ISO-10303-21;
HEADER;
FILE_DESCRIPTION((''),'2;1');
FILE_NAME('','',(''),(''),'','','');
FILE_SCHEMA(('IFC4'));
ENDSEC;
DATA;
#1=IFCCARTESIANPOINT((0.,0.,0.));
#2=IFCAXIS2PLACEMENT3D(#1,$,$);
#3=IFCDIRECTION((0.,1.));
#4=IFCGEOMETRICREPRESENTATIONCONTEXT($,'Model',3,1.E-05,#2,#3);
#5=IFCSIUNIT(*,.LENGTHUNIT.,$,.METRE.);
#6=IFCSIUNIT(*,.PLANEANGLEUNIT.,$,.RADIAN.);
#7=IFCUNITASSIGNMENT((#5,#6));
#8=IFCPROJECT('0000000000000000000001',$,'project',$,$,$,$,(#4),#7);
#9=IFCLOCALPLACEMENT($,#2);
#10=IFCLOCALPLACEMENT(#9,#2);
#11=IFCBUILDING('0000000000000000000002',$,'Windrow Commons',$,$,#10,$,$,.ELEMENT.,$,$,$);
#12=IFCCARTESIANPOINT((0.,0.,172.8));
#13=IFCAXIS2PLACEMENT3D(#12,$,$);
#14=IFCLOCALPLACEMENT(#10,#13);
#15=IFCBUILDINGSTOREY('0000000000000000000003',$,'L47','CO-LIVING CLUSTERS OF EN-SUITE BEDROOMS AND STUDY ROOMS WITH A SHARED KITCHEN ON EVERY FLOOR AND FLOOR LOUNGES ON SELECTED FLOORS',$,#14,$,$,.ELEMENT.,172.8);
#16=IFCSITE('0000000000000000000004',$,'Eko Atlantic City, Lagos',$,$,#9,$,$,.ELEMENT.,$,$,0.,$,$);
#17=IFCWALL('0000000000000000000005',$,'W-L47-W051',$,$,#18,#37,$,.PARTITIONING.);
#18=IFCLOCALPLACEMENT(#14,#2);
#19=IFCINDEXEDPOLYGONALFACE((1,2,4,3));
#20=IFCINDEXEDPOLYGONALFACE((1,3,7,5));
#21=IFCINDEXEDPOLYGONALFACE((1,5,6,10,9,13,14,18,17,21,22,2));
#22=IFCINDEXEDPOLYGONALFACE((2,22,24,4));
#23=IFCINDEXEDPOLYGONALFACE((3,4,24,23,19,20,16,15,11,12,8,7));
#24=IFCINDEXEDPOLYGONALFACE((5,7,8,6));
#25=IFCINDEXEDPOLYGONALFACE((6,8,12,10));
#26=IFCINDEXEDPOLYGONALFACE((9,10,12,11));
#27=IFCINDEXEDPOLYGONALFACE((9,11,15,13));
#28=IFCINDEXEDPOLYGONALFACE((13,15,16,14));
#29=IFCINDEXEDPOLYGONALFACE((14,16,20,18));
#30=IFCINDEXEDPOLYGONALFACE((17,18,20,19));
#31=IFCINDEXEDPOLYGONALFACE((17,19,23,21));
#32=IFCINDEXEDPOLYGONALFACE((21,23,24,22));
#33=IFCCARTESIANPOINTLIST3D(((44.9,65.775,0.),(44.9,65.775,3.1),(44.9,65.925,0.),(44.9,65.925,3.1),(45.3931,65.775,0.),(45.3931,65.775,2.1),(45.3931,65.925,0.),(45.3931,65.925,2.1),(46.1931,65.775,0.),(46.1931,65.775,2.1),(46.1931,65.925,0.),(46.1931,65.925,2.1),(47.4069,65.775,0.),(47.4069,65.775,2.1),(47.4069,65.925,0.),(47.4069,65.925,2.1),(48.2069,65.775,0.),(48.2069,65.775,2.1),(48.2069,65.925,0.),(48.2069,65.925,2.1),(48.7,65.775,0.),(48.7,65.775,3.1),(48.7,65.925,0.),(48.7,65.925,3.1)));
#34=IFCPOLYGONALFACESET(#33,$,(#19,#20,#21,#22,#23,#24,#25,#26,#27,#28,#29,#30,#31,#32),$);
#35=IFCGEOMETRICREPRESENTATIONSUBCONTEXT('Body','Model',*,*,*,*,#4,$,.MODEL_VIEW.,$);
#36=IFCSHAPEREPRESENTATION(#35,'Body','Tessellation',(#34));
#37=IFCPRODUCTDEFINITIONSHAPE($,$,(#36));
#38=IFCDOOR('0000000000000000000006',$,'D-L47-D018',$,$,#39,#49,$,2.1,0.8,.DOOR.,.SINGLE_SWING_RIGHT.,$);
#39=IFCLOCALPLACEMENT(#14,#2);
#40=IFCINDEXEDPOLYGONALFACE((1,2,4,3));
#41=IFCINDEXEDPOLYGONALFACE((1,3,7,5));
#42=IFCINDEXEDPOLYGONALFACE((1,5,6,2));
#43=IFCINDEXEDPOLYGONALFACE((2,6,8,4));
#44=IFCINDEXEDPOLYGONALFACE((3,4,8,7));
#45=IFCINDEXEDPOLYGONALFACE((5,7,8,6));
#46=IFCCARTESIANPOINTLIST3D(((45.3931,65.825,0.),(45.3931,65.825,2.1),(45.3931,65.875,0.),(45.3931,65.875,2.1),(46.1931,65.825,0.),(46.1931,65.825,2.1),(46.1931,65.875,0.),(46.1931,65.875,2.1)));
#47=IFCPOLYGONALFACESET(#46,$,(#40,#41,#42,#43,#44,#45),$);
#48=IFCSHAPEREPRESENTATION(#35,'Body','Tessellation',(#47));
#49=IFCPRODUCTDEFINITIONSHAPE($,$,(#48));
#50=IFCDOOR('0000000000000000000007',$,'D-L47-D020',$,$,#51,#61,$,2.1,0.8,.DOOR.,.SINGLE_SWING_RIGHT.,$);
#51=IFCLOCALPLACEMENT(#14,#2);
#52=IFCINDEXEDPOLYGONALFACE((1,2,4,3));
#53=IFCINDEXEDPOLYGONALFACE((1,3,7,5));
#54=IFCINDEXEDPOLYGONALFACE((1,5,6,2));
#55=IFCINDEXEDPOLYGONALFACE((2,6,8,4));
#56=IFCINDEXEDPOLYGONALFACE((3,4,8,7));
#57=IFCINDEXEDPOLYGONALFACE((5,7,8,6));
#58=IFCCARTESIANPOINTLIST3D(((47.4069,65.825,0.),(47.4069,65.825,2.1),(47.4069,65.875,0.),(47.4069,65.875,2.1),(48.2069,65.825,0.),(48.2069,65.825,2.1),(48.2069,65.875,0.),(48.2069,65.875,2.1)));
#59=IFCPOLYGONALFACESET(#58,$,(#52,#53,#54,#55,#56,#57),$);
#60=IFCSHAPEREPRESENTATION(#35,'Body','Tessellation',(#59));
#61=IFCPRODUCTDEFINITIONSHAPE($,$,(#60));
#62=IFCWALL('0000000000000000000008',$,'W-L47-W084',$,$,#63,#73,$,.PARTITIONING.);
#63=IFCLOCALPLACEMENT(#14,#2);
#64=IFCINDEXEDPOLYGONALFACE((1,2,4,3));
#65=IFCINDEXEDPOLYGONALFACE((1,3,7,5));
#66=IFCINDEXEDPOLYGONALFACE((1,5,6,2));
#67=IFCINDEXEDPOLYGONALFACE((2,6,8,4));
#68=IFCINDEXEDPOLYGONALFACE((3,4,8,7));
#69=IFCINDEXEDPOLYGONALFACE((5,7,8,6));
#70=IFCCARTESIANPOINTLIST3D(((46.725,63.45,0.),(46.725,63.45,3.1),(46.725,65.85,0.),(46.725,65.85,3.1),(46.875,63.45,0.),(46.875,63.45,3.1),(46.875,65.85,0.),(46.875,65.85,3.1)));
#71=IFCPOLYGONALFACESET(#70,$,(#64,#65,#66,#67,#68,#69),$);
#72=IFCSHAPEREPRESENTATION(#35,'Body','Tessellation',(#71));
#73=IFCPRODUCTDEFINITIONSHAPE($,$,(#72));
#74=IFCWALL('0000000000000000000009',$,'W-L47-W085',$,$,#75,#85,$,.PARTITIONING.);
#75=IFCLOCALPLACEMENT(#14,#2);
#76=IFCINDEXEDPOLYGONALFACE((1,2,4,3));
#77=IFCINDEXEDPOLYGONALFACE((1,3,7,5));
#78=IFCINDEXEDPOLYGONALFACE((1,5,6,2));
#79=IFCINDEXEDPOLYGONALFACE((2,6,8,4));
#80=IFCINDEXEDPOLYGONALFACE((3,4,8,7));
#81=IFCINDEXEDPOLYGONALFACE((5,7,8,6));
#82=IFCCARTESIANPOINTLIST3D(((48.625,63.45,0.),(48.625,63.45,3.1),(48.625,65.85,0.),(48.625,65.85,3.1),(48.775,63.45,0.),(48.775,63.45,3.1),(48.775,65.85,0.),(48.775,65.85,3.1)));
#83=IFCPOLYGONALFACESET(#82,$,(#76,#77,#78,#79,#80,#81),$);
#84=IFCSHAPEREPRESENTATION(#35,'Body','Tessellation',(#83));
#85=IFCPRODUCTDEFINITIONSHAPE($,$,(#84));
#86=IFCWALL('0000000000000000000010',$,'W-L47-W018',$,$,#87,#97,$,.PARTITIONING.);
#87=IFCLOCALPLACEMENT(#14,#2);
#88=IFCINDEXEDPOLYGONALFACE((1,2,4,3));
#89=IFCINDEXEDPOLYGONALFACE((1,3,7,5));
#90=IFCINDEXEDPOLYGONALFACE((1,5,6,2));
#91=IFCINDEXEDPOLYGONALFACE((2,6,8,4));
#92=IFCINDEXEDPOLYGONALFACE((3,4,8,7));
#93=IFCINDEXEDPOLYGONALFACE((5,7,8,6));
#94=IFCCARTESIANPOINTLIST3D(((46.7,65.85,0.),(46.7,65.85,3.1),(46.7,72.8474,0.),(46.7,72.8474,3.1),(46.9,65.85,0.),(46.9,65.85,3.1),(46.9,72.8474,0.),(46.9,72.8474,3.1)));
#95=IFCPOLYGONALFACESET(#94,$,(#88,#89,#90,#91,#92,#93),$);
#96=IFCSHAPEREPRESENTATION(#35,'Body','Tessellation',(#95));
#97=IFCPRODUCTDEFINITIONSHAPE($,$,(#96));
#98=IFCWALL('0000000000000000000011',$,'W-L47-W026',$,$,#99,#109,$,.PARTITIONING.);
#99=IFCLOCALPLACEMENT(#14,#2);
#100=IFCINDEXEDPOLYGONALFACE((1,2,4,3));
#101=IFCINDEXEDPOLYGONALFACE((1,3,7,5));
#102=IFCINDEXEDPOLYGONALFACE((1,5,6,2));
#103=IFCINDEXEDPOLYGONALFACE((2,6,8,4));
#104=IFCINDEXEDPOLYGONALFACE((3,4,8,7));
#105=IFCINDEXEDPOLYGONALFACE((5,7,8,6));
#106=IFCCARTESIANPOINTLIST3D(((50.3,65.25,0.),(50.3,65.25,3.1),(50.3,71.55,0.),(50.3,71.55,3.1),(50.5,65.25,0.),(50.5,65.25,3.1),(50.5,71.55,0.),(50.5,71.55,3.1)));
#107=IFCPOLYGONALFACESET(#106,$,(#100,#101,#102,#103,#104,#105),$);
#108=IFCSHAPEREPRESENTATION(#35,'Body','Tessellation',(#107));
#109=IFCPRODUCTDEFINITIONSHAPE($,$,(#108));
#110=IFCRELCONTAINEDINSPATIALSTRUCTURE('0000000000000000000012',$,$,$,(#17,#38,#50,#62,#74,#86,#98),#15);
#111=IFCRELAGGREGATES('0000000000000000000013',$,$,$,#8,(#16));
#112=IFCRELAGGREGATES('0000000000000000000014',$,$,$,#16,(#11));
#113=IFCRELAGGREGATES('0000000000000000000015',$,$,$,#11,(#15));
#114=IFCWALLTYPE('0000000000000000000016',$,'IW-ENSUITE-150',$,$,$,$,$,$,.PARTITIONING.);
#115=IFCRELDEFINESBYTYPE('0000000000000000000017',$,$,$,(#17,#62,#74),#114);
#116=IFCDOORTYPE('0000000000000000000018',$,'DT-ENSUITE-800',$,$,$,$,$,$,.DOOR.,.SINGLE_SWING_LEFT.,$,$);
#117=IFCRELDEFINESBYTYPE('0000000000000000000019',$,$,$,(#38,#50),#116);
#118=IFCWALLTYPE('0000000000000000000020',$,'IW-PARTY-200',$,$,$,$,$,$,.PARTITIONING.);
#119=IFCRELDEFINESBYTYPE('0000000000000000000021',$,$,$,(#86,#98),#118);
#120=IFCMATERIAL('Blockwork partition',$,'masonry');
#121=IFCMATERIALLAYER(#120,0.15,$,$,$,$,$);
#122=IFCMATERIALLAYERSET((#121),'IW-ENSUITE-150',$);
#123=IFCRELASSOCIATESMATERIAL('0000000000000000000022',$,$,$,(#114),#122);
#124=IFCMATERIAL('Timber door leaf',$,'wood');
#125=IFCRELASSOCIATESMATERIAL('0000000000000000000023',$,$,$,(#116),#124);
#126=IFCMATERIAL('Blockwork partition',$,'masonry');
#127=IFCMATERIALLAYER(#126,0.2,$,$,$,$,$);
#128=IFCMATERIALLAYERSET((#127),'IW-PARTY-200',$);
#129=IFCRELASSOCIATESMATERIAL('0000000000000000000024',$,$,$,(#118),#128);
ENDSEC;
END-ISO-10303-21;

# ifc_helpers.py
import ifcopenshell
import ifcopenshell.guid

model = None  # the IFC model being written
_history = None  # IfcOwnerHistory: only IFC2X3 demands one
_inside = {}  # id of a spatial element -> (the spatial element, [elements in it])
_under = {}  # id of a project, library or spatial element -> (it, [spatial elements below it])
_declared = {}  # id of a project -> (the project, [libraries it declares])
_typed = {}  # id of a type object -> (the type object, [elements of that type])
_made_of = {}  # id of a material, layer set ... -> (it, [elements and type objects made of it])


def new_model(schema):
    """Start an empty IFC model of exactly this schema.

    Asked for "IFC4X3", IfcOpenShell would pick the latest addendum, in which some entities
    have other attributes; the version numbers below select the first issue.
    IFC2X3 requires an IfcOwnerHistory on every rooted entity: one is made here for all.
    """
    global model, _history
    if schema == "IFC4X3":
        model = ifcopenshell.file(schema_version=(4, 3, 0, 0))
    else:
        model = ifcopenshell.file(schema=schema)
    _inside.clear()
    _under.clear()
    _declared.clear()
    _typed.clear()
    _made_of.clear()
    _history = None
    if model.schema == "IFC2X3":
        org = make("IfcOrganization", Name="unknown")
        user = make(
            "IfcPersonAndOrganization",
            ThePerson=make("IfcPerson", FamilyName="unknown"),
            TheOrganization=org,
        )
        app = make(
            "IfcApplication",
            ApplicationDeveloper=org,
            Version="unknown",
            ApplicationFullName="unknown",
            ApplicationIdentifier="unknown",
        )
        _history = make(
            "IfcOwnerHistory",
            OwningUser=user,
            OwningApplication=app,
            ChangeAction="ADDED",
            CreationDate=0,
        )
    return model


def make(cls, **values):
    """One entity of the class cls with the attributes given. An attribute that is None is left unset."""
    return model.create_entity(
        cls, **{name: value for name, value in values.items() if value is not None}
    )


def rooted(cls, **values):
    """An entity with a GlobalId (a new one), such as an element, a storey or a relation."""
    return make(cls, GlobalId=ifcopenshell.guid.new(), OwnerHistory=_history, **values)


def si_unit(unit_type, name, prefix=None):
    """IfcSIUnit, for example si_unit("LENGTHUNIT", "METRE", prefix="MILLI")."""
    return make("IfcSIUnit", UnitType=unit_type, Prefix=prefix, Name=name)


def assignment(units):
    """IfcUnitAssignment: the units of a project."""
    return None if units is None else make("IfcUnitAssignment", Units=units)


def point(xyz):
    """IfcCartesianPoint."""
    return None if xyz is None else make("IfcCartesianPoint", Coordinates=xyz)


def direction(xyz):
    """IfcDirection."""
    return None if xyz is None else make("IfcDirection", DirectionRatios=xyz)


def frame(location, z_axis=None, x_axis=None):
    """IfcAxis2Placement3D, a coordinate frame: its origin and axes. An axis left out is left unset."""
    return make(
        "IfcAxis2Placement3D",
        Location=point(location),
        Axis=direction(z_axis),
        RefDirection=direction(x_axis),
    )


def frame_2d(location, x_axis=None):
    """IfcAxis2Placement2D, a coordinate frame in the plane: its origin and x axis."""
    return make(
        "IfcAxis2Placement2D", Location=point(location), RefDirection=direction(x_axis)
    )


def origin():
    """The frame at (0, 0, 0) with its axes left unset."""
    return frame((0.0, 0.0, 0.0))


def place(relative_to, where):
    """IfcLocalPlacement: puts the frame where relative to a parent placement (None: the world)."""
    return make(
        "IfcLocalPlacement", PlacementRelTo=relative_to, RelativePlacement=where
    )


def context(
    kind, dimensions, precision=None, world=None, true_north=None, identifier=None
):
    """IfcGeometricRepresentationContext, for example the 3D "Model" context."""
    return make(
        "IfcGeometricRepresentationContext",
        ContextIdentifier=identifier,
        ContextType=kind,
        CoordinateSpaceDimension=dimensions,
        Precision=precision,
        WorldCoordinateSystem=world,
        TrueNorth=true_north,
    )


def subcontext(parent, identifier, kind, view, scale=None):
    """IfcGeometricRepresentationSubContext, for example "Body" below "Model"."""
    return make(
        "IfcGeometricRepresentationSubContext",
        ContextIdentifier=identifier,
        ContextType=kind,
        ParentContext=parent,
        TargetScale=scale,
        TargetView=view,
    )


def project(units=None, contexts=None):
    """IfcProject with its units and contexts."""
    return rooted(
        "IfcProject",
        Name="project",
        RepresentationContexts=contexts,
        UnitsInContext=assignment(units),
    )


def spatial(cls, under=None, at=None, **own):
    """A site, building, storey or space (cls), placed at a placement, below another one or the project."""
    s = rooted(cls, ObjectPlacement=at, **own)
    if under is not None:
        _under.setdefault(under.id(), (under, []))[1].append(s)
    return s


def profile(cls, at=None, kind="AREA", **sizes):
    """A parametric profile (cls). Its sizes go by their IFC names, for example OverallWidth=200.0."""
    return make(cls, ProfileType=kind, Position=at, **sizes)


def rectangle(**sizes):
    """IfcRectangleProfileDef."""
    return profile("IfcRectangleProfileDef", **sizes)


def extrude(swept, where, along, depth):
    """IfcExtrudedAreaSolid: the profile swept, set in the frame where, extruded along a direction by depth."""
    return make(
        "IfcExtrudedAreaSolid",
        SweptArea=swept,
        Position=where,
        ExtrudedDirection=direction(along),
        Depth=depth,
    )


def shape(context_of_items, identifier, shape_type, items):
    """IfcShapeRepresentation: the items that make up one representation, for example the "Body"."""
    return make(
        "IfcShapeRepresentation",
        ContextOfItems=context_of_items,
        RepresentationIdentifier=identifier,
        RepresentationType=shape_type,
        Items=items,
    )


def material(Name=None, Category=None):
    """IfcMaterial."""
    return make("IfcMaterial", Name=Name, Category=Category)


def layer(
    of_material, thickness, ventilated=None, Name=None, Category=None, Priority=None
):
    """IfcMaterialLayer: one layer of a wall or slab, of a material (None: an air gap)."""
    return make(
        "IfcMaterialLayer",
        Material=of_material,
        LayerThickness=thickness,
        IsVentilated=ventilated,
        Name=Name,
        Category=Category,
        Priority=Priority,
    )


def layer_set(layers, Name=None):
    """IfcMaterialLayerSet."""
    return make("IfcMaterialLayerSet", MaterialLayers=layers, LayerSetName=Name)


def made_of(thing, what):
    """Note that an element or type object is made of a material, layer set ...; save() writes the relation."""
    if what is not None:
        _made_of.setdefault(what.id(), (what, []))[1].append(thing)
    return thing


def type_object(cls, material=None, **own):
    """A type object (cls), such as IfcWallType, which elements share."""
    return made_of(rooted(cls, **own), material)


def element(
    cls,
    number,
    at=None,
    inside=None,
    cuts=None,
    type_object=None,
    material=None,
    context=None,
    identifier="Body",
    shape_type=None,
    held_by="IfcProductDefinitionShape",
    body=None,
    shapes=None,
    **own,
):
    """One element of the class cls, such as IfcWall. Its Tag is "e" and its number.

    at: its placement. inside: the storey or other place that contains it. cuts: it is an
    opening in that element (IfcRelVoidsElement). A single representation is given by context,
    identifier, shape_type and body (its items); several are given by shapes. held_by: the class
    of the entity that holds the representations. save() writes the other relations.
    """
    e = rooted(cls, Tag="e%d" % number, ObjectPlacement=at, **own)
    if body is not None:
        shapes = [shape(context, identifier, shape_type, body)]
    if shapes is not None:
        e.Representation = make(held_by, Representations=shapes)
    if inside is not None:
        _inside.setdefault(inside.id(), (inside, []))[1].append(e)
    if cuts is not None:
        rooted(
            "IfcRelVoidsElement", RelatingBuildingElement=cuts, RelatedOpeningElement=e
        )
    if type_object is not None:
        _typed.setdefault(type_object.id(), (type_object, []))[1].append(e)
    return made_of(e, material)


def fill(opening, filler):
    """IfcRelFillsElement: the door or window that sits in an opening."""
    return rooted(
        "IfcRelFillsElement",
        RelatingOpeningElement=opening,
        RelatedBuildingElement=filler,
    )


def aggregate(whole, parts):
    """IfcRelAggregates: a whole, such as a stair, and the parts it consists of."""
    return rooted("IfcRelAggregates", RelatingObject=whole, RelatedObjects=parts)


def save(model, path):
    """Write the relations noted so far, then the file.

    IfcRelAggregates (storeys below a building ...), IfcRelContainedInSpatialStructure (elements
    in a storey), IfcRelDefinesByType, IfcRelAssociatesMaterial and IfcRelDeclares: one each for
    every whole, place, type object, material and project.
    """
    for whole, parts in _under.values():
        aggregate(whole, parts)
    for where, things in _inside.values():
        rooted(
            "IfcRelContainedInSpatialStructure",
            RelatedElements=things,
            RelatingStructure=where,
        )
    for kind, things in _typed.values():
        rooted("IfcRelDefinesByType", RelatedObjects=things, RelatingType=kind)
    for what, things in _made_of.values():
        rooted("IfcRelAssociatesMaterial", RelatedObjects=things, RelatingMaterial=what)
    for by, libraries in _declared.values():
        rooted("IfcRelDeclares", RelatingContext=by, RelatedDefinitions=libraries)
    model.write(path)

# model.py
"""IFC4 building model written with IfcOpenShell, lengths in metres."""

from ifc_helpers import new_model, si_unit, direction, frame, frame_2d, origin, place, context, subcontext, project, spatial, rectangle, extrude, material, layer, layer_set, type_object, element, fill, save


model = new_model("IFC4")

# Units and contexts
model_context = context("Model", 3, precision=1e-05, world=origin(), true_north=direction((0.0, 1.0)))
body_context = subcontext(model_context, "Body", "Model", "MODEL_VIEW")
ifc_project = project(units=[si_unit("LENGTHUNIT", "METRE"), si_unit("PLANEANGLEUNIT", "RADIAN")], contexts=[model_context])

# Site, building, storey
site_placement = place(None, origin())
site = spatial("IfcSite", under=ifc_project, at=site_placement, Name="Eko Atlantic City, Lagos", CompositionType="ELEMENT", RefElevation=0.0)
building_placement = place(site_placement, origin())
building = spatial("IfcBuilding", under=site, at=building_placement, Name="Windrow Commons", CompositionType="ELEMENT")
storey_placement = place(building_placement, frame((0.0, 0.0, 172.8)))
storey = spatial("IfcBuildingStorey", under=building, at=storey_placement, Name="L47", Description="CO-LIVING CLUSTERS OF EN-SUITE BEDROOMS AND STUDY ROOMS WITH A SHARED KITCHEN ON EVERY FLOOR AND FLOOR LOUNGES ON SELECTED FLOORS", CompositionType="ELEMENT", Elevation=172.8)

# Wall, openings, doors
ifc_material_1 = material(Name="Blockwork partition", Category="masonry")
ifc_layer_1 = layer(ifc_material_1, 0.15)
ifc_layer_set_1 = layer_set([ifc_layer_1], Name="IW-ENSUITE-150")
wall_type_1 = type_object("IfcWallType", Name="IW-ENSUITE-150", PredefinedType="PARTITIONING", material=ifc_layer_set_1)
wall_1_placement = place(storey_placement, frame((44.9, 65.85, 0.0), z_axis=(0.0, 0.0, 1.0), x_axis=(1.0, 0.0, 0.0)))
wall_1 = element("IfcWall", 1, at=wall_1_placement, inside=storey, type_object=wall_type_1, Name="W-L47-W051", PredefinedType="PARTITIONING", context=body_context, shape_type="SweptSolid", body=[
    extrude(rectangle(XDim=3.8, YDim=0.15, at=frame_2d((1.9, 0.0))), origin(), (0.0, 0.0, 1.0), 3.1),
])
opening_1_placement = place(wall_1_placement, frame((0.4931, 0.0, 0.0)))
opening_1 = element("IfcOpeningElement", 2, at=opening_1_placement, cuts=wall_1, PredefinedType="OPENING", context=body_context, shape_type="SweptSolid", body=[
    extrude(rectangle(XDim=0.8, YDim=2.1, at=frame_2d((0.4, 1.05))), frame((0.0, 0.085, 0.0), z_axis=(0.0, -1.0, 0.0), x_axis=(1.0, 0.0, 0.0)), (0.0, 0.0, 1.0), 0.17),
])
opening_2_placement = place(wall_1_placement, frame((2.5069, 0.0, 0.0)))
opening_2 = element("IfcOpeningElement", 3, at=opening_2_placement, cuts=wall_1, PredefinedType="OPENING", context=body_context, shape_type="SweptSolid", body=[
    extrude(rectangle(XDim=0.8, YDim=2.1, at=frame_2d((0.4, 1.05))), frame((0.0, 0.085, 0.0), z_axis=(0.0, -1.0, 0.0), x_axis=(1.0, 0.0, 0.0)), (0.0, 0.0, 1.0), 0.17),
])
ifc_material_2 = material(Name="Timber door leaf", Category="wood")
door_type_1 = type_object("IfcDoorType", Name="DT-ENSUITE-800", OperationType="SINGLE_SWING_LEFT", PredefinedType="DOOR", material=ifc_material_2)
door_1_placement = place(opening_1_placement, origin())
door_1 = element("IfcDoor", 4, at=door_1_placement, inside=storey, type_object=door_type_1, Name="D-L47-D018", OperationType="SINGLE_SWING_RIGHT", OverallHeight=2.1, OverallWidth=0.8, PredefinedType="DOOR", context=body_context, shape_type="SweptSolid", body=[
    extrude(rectangle(XDim=0.8, YDim=2.1, at=frame_2d((0.4, 1.05))), frame((0.0, 0.025, 0.0), z_axis=(0.0, -1.0, 0.0), x_axis=(1.0, 0.0, 0.0)), (0.0, 0.0, 1.0), 0.05),
])
fill(opening_1, door_1)
door_2_placement = place(opening_2_placement, origin())
door_2 = element("IfcDoor", 5, at=door_2_placement, inside=storey, type_object=door_type_1, Name="D-L47-D020", OperationType="SINGLE_SWING_RIGHT", OverallHeight=2.1, OverallWidth=0.8, PredefinedType="DOOR", context=body_context, shape_type="SweptSolid", body=[
    extrude(rectangle(XDim=0.8, YDim=2.1, at=frame_2d((0.4, 1.05))), frame((0.0, 0.025, 0.0), z_axis=(0.0, -1.0, 0.0), x_axis=(1.0, 0.0, 0.0)), (0.0, 0.0, 1.0), 0.05),
])
fill(opening_2, door_2)

# Walls
for number, where, z_axis, x_axis, name in (
    (6, (46.8, 63.45, 0.0), (0.0, 0.0, 1.0), (0.0, 1.0, 0.0), "W-L47-W084"),
    (7, (48.7, 63.45, 0.0), (0.0, 0.0, 1.0), (0.0, 1.0, 0.0), "W-L47-W085"),
):
    element("IfcWall", number, at=place(storey_placement, frame(where, z_axis=z_axis, x_axis=x_axis)), inside=storey, type_object=wall_type_1, Name=name, PredefinedType="PARTITIONING", context=body_context, shape_type="SweptSolid", body=[
        extrude(rectangle(XDim=2.4, YDim=0.15, at=frame_2d((1.2, 0.0))), origin(), (0.0, 0.0, 1.0), 3.1),
    ])
ifc_material_3 = material(Name="Blockwork partition", Category="masonry")
ifc_layer_2 = layer(ifc_material_3, 0.2)
ifc_layer_set_2 = layer_set([ifc_layer_2], Name="IW-PARTY-200")
wall_type_2 = type_object("IfcWallType", Name="IW-PARTY-200", PredefinedType="PARTITIONING", material=ifc_layer_set_2)
wall_2_placement = place(storey_placement, frame((46.8, 65.85, 0.0), z_axis=(0.0, 0.0, 1.0), x_axis=(0.0, 1.0, 0.0)))
element("IfcWall", 8, at=wall_2_placement, inside=storey, type_object=wall_type_2, Name="W-L47-W018", PredefinedType="PARTITIONING", context=body_context, shape_type="SweptSolid", body=[
    extrude(rectangle(XDim=6.9974, YDim=0.2, at=frame_2d((3.4987, 0.0))), origin(), (0.0, 0.0, 1.0), 3.1),
])
wall_3_placement = place(storey_placement, frame((50.4, 65.25, 0.0), z_axis=(0.0, 0.0, 1.0), x_axis=(0.0, 1.0, 0.0)))
element("IfcWall", 9, at=wall_3_placement, inside=storey, type_object=wall_type_2, Name="W-L47-W026", PredefinedType="PARTITIONING", context=body_context, shape_type="SweptSolid", body=[
    extrude(rectangle(XDim=6.3, YDim=0.2, at=frame_2d((3.15, 0.0))), origin(), (0.0, 0.0, 1.0), 3.1),
])

save(model, "model.ifc")
